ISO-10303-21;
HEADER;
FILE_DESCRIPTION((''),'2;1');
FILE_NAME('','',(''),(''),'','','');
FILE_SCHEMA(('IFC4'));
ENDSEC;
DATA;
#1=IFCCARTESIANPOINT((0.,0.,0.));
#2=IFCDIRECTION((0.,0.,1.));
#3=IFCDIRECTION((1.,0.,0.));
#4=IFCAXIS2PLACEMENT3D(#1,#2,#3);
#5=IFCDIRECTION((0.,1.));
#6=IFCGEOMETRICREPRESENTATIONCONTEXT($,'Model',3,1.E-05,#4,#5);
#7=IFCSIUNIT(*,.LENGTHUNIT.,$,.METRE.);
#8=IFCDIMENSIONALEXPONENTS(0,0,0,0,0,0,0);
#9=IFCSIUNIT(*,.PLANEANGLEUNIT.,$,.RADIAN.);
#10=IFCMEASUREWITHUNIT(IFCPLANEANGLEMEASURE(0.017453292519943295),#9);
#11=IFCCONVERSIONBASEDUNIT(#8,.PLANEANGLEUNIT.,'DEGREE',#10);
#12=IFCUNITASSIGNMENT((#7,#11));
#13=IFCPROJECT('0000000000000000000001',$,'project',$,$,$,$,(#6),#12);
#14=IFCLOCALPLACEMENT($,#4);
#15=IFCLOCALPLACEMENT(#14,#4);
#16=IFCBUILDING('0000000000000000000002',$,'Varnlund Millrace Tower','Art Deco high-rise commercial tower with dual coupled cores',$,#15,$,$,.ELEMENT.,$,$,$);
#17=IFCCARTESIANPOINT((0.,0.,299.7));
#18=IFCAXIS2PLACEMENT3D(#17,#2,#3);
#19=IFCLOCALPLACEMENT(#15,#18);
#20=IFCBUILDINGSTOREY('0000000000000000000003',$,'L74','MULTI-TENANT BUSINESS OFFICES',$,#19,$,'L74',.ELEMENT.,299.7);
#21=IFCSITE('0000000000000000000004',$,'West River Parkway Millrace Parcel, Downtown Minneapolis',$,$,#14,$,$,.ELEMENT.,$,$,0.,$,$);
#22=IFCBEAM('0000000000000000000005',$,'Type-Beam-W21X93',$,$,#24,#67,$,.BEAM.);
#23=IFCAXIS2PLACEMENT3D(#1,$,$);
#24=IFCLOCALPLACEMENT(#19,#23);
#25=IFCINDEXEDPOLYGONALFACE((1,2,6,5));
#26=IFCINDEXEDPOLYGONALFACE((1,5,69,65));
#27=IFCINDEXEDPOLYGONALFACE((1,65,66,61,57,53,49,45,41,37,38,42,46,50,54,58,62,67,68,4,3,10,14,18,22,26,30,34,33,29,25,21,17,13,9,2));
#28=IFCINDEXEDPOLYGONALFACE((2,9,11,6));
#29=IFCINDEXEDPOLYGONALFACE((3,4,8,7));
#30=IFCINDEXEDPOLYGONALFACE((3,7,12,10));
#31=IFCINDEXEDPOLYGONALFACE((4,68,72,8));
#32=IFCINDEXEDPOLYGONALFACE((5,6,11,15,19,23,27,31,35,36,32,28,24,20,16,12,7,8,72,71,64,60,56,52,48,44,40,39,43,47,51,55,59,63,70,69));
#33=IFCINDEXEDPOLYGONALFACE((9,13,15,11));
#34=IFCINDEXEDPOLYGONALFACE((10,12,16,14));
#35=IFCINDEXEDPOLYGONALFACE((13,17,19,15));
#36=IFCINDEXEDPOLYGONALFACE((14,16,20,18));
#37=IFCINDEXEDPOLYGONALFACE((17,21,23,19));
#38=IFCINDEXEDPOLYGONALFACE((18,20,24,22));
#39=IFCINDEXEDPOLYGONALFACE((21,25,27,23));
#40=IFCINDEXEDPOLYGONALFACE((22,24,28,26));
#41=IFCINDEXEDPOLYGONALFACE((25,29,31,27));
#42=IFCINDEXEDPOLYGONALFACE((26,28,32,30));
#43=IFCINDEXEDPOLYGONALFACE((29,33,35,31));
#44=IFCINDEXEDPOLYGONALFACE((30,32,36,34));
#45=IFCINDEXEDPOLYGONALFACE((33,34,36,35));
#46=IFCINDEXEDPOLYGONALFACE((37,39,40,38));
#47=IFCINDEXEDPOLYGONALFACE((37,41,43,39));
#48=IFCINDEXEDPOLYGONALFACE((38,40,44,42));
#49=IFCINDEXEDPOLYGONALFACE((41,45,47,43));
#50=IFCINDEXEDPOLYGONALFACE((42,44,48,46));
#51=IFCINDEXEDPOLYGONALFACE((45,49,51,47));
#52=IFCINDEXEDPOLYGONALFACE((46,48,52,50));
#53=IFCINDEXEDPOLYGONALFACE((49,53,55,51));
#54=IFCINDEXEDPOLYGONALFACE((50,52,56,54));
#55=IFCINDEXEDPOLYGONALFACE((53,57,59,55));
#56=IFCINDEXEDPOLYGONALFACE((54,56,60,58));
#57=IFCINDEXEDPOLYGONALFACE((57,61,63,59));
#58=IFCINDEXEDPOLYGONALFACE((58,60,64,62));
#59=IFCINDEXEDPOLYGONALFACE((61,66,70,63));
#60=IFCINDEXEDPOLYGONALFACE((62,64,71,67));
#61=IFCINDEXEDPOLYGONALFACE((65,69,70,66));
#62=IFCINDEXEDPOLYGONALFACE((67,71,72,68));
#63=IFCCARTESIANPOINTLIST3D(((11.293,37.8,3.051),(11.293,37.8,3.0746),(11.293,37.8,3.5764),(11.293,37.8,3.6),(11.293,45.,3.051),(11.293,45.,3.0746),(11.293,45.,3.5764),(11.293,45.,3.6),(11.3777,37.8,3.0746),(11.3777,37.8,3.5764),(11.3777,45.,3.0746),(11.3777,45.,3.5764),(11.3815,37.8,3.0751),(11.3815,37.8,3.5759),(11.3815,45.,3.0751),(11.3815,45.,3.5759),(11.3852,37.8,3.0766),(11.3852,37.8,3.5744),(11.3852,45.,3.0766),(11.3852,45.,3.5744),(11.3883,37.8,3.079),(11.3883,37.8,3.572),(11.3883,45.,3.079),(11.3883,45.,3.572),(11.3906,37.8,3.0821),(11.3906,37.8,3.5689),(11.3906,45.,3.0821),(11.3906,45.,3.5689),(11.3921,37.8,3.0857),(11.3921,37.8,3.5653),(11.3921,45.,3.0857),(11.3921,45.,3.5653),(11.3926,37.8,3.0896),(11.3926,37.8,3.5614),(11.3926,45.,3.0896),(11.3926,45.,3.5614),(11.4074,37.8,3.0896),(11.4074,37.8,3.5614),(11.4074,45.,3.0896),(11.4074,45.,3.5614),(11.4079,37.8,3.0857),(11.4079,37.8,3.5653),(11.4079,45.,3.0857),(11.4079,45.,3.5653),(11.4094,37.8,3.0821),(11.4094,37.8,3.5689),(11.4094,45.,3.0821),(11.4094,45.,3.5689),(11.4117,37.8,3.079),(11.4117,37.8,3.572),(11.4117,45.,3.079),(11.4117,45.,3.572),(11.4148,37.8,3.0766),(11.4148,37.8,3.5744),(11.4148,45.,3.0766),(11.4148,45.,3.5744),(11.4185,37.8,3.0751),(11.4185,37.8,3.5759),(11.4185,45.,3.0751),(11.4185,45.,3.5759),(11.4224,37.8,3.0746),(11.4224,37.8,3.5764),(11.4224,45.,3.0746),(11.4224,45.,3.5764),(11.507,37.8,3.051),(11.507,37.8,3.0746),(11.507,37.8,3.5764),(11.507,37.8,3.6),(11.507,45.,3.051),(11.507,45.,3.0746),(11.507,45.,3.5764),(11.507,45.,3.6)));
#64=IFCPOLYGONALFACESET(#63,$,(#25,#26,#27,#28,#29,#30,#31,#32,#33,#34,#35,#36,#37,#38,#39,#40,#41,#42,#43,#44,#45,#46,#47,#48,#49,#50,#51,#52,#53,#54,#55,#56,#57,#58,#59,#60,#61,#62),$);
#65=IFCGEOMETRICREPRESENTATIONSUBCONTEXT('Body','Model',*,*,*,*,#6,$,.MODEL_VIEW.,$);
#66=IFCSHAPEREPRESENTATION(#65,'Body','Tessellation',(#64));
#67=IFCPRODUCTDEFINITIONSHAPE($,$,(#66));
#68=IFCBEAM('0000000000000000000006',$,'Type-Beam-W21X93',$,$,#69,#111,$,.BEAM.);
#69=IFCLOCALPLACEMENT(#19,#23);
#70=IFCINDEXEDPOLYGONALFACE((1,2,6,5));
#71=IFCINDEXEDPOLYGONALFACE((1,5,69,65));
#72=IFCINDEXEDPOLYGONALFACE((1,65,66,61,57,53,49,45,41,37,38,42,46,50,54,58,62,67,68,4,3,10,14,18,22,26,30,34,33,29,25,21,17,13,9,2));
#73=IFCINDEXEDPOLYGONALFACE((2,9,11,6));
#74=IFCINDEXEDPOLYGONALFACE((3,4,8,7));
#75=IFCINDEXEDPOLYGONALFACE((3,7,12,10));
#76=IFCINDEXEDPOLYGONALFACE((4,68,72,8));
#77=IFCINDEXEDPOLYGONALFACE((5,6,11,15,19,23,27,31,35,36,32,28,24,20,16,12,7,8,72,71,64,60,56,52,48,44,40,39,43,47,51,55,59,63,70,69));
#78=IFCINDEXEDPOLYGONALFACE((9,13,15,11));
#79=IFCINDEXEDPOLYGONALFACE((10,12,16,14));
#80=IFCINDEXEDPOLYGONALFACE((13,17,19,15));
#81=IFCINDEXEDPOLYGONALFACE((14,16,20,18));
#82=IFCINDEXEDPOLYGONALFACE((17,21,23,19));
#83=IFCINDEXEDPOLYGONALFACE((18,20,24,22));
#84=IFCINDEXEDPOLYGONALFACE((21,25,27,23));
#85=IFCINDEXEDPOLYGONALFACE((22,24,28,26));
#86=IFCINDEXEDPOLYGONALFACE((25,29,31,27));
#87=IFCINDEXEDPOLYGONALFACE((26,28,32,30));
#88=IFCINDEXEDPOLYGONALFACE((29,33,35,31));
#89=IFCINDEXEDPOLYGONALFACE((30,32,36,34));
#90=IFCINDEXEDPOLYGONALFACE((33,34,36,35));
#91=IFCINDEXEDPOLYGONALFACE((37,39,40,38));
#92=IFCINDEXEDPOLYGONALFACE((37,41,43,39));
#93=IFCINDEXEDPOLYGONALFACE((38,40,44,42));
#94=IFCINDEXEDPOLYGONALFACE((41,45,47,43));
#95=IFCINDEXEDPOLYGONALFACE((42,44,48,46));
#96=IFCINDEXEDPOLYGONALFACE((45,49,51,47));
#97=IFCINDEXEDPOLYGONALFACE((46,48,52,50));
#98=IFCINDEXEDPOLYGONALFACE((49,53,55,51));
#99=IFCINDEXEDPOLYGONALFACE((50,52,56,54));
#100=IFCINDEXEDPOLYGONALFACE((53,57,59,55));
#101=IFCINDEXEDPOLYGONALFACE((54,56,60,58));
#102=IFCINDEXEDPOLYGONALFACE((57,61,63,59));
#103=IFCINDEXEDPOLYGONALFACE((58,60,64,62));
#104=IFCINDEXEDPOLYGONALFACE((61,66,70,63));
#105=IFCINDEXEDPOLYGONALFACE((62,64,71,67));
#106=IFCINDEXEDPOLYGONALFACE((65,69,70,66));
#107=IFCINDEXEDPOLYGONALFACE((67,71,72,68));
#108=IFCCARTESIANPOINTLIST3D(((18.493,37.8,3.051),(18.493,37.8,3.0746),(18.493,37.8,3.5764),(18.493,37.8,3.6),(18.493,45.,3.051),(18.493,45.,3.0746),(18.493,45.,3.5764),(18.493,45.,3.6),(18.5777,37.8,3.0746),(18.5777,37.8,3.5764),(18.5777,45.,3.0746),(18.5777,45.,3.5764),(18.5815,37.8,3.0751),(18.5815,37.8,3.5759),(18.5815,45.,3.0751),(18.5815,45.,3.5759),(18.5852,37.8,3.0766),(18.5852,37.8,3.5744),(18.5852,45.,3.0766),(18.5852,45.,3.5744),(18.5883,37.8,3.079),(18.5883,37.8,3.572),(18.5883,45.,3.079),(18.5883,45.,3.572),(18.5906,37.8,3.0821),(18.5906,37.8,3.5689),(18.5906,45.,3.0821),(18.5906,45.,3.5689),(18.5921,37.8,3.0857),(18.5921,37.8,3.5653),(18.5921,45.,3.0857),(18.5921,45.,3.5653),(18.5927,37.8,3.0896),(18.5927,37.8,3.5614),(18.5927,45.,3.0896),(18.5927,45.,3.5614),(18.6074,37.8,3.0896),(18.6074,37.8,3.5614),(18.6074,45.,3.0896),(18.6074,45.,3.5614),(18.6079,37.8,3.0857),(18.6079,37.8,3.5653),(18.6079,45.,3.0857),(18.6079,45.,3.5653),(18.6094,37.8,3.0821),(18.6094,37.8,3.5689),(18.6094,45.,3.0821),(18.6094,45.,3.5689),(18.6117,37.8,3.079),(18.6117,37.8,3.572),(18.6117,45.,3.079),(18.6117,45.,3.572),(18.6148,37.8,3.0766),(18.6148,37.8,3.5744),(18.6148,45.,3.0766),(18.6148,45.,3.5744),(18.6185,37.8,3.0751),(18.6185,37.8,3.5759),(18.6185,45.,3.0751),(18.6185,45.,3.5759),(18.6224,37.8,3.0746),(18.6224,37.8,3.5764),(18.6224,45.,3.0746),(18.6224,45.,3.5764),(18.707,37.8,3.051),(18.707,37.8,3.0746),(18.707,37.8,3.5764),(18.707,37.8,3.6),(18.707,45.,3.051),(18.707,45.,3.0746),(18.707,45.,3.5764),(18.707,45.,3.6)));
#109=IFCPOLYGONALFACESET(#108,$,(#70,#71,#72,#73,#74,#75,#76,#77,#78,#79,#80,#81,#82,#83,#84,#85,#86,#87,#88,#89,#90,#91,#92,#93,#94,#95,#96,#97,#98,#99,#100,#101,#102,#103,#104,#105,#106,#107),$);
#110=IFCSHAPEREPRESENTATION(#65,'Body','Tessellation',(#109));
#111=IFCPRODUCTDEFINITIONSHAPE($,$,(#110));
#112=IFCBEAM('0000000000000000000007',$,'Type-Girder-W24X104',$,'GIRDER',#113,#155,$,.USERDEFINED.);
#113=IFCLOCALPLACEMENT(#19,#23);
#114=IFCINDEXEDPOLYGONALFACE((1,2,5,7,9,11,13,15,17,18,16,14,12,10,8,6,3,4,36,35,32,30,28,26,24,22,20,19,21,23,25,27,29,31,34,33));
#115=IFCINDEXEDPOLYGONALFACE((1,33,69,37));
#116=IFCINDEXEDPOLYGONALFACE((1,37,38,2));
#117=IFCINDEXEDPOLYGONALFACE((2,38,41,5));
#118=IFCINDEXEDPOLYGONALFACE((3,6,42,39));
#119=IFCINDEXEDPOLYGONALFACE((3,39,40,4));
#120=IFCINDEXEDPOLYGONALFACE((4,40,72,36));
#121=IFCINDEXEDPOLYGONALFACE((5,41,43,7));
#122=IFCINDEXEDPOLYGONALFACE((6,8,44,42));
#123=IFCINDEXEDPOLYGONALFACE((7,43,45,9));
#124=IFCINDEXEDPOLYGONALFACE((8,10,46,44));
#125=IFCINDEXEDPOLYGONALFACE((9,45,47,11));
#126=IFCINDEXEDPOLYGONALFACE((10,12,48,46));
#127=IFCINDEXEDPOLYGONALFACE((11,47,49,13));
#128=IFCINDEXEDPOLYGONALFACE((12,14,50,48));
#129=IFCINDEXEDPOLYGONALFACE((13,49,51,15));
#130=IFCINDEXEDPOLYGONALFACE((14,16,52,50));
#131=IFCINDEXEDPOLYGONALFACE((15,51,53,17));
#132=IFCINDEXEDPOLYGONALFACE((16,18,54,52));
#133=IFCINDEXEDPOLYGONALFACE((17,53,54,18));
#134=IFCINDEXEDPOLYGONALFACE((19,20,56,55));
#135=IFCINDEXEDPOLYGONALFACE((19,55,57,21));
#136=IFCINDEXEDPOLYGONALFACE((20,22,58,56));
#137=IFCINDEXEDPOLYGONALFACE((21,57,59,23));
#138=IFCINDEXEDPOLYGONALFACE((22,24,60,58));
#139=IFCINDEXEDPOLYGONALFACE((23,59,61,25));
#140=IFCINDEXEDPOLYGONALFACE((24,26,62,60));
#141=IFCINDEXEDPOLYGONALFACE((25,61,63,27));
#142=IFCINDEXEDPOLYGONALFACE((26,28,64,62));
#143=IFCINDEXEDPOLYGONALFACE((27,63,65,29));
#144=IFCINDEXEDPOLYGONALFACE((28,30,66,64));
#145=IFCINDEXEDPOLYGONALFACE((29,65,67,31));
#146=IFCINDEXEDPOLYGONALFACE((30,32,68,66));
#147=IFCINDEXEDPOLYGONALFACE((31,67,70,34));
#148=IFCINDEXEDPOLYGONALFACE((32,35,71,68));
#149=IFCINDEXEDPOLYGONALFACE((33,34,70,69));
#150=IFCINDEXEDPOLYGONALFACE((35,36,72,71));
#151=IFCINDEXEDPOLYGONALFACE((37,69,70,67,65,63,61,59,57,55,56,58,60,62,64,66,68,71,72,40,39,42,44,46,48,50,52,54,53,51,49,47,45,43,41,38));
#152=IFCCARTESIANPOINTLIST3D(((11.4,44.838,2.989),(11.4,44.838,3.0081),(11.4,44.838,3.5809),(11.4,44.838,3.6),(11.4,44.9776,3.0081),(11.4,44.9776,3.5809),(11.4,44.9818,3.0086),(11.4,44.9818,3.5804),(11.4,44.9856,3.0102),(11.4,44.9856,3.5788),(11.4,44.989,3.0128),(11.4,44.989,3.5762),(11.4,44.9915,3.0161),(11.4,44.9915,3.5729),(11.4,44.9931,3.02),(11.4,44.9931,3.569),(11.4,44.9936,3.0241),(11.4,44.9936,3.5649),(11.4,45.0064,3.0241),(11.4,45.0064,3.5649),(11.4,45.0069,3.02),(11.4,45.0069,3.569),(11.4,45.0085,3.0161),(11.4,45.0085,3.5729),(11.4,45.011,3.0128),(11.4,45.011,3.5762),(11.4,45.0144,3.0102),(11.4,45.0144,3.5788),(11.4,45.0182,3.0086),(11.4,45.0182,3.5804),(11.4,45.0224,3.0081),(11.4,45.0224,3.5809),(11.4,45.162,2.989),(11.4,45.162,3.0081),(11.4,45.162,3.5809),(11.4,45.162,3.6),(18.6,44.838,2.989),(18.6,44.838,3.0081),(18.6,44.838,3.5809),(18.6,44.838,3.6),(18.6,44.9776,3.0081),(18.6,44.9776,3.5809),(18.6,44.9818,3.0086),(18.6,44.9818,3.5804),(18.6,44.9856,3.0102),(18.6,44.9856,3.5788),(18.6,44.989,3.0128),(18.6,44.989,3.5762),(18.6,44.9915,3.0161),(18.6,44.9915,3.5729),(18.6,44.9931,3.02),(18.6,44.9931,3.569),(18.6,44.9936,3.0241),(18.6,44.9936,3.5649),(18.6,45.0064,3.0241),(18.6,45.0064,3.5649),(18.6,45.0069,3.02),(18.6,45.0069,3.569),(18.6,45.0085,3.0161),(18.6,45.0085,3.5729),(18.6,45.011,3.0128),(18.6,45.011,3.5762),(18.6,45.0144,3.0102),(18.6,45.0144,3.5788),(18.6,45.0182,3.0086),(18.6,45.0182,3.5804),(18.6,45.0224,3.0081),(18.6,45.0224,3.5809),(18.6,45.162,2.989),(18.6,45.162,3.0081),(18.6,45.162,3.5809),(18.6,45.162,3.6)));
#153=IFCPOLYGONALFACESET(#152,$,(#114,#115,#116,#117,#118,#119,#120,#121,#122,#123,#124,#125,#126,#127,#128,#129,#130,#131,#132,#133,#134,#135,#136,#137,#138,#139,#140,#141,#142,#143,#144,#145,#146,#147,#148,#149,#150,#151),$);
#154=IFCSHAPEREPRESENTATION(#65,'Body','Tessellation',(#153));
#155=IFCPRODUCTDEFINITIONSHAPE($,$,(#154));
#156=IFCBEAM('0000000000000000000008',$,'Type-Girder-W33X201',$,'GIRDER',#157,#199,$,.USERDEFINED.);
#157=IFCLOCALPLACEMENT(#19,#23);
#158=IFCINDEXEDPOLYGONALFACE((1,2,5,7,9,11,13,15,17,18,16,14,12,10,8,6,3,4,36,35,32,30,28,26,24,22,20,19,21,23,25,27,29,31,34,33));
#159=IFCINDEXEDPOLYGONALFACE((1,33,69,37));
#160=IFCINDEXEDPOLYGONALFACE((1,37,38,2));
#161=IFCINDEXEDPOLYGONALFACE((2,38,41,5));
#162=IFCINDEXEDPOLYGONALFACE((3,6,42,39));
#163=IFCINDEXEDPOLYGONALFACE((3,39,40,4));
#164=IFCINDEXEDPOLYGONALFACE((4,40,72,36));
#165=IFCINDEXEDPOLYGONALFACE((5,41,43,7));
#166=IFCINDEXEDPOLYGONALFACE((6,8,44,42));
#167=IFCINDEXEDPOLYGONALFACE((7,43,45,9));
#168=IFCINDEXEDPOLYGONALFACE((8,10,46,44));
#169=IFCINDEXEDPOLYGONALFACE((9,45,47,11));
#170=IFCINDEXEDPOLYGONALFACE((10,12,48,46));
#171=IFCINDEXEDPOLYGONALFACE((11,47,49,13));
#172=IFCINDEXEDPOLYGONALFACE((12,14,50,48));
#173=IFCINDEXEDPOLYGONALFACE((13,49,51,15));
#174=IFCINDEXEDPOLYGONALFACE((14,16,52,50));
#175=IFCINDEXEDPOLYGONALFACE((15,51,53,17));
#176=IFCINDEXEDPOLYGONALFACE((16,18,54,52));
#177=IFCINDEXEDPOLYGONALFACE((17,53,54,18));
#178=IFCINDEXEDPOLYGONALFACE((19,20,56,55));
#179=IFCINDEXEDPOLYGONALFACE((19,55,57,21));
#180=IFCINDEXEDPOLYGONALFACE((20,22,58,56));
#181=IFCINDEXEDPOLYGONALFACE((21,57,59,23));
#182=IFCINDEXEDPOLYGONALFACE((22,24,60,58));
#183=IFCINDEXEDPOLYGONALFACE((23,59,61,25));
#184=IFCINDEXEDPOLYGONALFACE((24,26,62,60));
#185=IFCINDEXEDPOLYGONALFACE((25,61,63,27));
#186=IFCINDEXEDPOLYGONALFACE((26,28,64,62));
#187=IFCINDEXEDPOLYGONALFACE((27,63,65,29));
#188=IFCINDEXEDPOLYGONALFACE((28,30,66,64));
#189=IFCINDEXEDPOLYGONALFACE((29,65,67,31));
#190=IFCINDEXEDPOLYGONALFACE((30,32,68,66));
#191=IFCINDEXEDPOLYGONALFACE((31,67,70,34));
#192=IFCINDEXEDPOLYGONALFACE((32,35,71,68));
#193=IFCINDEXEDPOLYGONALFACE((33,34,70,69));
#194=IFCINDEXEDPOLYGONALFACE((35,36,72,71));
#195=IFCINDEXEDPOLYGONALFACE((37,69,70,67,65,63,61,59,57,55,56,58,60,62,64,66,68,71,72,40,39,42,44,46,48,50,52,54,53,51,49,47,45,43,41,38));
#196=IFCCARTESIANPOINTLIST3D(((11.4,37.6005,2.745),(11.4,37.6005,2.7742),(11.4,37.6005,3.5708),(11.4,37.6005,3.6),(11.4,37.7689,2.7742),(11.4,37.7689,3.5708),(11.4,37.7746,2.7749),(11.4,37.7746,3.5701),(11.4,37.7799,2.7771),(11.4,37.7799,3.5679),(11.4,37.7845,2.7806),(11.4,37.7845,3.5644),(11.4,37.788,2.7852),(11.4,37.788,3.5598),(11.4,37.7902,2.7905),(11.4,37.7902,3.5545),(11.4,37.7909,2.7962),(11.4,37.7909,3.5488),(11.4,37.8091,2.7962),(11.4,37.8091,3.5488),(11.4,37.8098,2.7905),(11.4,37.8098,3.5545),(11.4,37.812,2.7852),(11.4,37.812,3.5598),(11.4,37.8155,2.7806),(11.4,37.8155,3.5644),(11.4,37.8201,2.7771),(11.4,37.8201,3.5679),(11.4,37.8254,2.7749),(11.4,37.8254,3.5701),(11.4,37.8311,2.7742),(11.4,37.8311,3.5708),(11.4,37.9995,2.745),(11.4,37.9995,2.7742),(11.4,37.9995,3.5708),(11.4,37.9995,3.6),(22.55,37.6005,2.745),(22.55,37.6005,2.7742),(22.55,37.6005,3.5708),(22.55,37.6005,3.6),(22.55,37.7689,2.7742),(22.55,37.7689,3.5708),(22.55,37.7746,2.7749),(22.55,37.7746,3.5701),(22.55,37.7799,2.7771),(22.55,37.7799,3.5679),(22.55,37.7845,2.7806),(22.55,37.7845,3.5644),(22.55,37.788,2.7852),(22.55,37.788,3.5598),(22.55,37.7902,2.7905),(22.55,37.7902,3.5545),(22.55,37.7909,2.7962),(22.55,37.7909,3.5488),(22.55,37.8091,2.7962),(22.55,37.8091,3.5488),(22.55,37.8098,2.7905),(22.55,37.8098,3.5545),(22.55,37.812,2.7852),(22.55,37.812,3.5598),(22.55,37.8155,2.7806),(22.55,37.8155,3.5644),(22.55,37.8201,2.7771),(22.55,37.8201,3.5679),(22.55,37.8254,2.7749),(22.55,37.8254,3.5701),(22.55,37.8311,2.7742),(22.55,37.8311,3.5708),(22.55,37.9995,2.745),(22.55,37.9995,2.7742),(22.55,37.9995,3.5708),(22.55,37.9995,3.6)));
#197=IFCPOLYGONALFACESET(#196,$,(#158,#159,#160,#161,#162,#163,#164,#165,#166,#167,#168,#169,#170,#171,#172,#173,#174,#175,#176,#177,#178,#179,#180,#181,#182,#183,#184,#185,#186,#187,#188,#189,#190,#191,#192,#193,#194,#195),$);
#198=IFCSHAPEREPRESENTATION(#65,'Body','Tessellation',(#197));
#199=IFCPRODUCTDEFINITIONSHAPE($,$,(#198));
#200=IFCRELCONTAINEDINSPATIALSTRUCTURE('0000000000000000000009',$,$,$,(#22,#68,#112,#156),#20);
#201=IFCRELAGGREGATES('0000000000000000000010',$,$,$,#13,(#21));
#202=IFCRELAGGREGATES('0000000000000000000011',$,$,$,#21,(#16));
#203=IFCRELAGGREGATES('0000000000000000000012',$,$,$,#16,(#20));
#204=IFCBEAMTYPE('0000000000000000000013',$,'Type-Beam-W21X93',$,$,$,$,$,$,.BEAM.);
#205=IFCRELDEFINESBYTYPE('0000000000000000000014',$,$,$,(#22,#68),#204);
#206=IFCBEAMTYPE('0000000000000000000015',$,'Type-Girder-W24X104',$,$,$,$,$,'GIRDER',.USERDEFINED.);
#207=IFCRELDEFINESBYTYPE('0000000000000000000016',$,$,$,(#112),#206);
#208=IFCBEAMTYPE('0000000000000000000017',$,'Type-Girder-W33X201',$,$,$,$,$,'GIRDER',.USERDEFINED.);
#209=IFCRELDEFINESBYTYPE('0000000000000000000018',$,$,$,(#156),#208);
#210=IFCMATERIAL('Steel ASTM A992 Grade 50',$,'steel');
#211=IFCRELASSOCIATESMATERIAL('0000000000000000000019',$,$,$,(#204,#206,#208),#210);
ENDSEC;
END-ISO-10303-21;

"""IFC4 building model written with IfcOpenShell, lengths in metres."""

from ifc_helpers import new_model, entity, si_unit, converted_unit, direction, frame, origin_with_axes, origin_2d_with_axis, place, context, subcontext, project, spatial, i_section, extrude, material, material_profile, profile_set, type_object, element, save


model = new_model("IFC4")

# Units and contexts
model_context = context("Model", 3, precision=1e-05, world=origin_with_axes(), true_north=direction((0.0, 1.0)))
body_context = subcontext(model_context, "Body", "Model", "MODEL_VIEW")
ifc_project = project(units=[si_unit("LENGTHUNIT", "METRE"), converted_unit("PLANEANGLEUNIT", "DEGREE", entity("IfcPlaneAngleMeasure", 0.017453292519943295), si_unit("PLANEANGLEUNIT", "RADIAN"), dimensions=[0, 0, 0, 0, 0, 0, 0])], contexts=[model_context])

# Site, building, storey
site_placement = place(None, origin_with_axes())
site = spatial("IfcSite", under=ifc_project, at=site_placement, Name="West River Parkway Millrace Parcel, Downtown Minneapolis", CompositionType="ELEMENT", RefElevation=0.0)
building_placement = place(site_placement, origin_with_axes())
building = spatial("IfcBuilding", under=site, at=building_placement, Name="Varnlund Millrace Tower", Description="Art Deco high-rise commercial tower with dual coupled cores", CompositionType="ELEMENT")
storey_placement = place(building_placement, frame((0.0, 0.0, 299.7), z_axis=(0.0, 0.0, 1.0), x_axis=(1.0, 0.0, 0.0)))
storey = spatial("IfcBuildingStorey", under=building, at=storey_placement, Name="L74", Description="MULTI-TENANT BUSINESS OFFICES", LongName="L74", CompositionType="ELEMENT", Elevation=299.7)

# Beams
ifc_material_1 = material(Name="Steel ASTM A992 Grade 50", Category="steel")
ifc_material_profile_1 = material_profile(ifc_material_1, i_section(OverallWidth=0.214, OverallDepth=0.549, WebThickness=0.0147, FlangeThickness=0.0236, FilletRadius=0.015, at=origin_2d_with_axis()), Name="Steel ASTM A992 Grade 50")
ifc_profile_set_1 = profile_set([ifc_material_profile_1], Name="Steel ASTM A992 Grade 50")
beam_type_1 = type_object("IfcBeamType", Name="Type-Beam-W21X93", PredefinedType="BEAM", material=ifc_profile_set_1)
for number, where, z_axis, x_axis, name in (
    (1, (11.4, 37.8, 3.3255), (0.0, 1.0, 0.0), (-1.0, 0.0, 0.0), "Type-Beam-W21X93"),
    (2, (18.6, 37.8, 3.3255), (0.0, 1.0, 0.0), (-1.0, 0.0, 0.0), "Type-Beam-W21X93"),
):
    element("IfcBeam", number, at=place(storey_placement, frame(where, z_axis=z_axis, x_axis=x_axis)), inside=storey, type_object=beam_type_1, Name=name, PredefinedType="BEAM", context=body_context, shape_type="SweptSolid", body=[
        extrude(i_section(OverallWidth=0.214, OverallDepth=0.549, WebThickness=0.0147, FlangeThickness=0.0236, FilletRadius=0.015, at=origin_2d_with_axis()), origin_with_axes(), (0.0, 0.0, 1.0), 7.2),
    ])
ifc_material_profile_2 = material_profile(ifc_material_1, i_section(OverallWidth=0.324, OverallDepth=0.611, WebThickness=0.0127, FlangeThickness=0.0191, FilletRadius=0.016, at=origin_2d_with_axis()), Name="Steel ASTM A992 Grade 50")
ifc_profile_set_2 = profile_set([ifc_material_profile_2], Name="Steel ASTM A992 Grade 50")
beam_type_2 = type_object("IfcBeamType", Name="Type-Girder-W24X104", ElementType="GIRDER", PredefinedType="USERDEFINED", material=ifc_profile_set_2)
beam_1_placement = place(storey_placement, frame((11.4, 45.0, 3.2945), z_axis=(1.0, 0.0, 0.0), x_axis=(0.0, 1.0, 0.0)))
element("IfcBeam", 3, at=beam_1_placement, inside=storey, type_object=beam_type_2, Name="Type-Girder-W24X104", ObjectType="GIRDER", PredefinedType="USERDEFINED", context=body_context, shape_type="SweptSolid", body=[
    extrude(i_section(OverallWidth=0.324, OverallDepth=0.611, WebThickness=0.0127, FlangeThickness=0.0191, FilletRadius=0.016, at=origin_2d_with_axis()), origin_with_axes(), (0.0, 0.0, 1.0), 7.2),
])
ifc_material_profile_3 = material_profile(ifc_material_1, i_section(OverallWidth=0.399, OverallDepth=0.855, WebThickness=0.0182, FlangeThickness=0.0292, FilletRadius=0.022, at=origin_2d_with_axis()), Name="Steel ASTM A992 Grade 50")
ifc_profile_set_3 = profile_set([ifc_material_profile_3], Name="Steel ASTM A992 Grade 50")
beam_type_3 = type_object("IfcBeamType", Name="Type-Girder-W33X201", ElementType="GIRDER", PredefinedType="USERDEFINED", material=ifc_profile_set_3)
beam_2_placement = place(storey_placement, frame((11.4, 37.8, 3.1725), z_axis=(1.0, 0.0, 0.0), x_axis=(0.0, 1.0, 0.0)))
element("IfcBeam", 4, at=beam_2_placement, inside=storey, type_object=beam_type_3, Name="Type-Girder-W33X201", ObjectType="GIRDER", PredefinedType="USERDEFINED", context=body_context, shape_type="SweptSolid", body=[
    extrude(i_section(OverallWidth=0.399, OverallDepth=0.855, WebThickness=0.0182, FlangeThickness=0.0292, FilletRadius=0.022, at=origin_2d_with_axis()), origin_with_axes(), (0.0, 0.0, 1.0), 11.15),
])

save(model, "model.ifc")
